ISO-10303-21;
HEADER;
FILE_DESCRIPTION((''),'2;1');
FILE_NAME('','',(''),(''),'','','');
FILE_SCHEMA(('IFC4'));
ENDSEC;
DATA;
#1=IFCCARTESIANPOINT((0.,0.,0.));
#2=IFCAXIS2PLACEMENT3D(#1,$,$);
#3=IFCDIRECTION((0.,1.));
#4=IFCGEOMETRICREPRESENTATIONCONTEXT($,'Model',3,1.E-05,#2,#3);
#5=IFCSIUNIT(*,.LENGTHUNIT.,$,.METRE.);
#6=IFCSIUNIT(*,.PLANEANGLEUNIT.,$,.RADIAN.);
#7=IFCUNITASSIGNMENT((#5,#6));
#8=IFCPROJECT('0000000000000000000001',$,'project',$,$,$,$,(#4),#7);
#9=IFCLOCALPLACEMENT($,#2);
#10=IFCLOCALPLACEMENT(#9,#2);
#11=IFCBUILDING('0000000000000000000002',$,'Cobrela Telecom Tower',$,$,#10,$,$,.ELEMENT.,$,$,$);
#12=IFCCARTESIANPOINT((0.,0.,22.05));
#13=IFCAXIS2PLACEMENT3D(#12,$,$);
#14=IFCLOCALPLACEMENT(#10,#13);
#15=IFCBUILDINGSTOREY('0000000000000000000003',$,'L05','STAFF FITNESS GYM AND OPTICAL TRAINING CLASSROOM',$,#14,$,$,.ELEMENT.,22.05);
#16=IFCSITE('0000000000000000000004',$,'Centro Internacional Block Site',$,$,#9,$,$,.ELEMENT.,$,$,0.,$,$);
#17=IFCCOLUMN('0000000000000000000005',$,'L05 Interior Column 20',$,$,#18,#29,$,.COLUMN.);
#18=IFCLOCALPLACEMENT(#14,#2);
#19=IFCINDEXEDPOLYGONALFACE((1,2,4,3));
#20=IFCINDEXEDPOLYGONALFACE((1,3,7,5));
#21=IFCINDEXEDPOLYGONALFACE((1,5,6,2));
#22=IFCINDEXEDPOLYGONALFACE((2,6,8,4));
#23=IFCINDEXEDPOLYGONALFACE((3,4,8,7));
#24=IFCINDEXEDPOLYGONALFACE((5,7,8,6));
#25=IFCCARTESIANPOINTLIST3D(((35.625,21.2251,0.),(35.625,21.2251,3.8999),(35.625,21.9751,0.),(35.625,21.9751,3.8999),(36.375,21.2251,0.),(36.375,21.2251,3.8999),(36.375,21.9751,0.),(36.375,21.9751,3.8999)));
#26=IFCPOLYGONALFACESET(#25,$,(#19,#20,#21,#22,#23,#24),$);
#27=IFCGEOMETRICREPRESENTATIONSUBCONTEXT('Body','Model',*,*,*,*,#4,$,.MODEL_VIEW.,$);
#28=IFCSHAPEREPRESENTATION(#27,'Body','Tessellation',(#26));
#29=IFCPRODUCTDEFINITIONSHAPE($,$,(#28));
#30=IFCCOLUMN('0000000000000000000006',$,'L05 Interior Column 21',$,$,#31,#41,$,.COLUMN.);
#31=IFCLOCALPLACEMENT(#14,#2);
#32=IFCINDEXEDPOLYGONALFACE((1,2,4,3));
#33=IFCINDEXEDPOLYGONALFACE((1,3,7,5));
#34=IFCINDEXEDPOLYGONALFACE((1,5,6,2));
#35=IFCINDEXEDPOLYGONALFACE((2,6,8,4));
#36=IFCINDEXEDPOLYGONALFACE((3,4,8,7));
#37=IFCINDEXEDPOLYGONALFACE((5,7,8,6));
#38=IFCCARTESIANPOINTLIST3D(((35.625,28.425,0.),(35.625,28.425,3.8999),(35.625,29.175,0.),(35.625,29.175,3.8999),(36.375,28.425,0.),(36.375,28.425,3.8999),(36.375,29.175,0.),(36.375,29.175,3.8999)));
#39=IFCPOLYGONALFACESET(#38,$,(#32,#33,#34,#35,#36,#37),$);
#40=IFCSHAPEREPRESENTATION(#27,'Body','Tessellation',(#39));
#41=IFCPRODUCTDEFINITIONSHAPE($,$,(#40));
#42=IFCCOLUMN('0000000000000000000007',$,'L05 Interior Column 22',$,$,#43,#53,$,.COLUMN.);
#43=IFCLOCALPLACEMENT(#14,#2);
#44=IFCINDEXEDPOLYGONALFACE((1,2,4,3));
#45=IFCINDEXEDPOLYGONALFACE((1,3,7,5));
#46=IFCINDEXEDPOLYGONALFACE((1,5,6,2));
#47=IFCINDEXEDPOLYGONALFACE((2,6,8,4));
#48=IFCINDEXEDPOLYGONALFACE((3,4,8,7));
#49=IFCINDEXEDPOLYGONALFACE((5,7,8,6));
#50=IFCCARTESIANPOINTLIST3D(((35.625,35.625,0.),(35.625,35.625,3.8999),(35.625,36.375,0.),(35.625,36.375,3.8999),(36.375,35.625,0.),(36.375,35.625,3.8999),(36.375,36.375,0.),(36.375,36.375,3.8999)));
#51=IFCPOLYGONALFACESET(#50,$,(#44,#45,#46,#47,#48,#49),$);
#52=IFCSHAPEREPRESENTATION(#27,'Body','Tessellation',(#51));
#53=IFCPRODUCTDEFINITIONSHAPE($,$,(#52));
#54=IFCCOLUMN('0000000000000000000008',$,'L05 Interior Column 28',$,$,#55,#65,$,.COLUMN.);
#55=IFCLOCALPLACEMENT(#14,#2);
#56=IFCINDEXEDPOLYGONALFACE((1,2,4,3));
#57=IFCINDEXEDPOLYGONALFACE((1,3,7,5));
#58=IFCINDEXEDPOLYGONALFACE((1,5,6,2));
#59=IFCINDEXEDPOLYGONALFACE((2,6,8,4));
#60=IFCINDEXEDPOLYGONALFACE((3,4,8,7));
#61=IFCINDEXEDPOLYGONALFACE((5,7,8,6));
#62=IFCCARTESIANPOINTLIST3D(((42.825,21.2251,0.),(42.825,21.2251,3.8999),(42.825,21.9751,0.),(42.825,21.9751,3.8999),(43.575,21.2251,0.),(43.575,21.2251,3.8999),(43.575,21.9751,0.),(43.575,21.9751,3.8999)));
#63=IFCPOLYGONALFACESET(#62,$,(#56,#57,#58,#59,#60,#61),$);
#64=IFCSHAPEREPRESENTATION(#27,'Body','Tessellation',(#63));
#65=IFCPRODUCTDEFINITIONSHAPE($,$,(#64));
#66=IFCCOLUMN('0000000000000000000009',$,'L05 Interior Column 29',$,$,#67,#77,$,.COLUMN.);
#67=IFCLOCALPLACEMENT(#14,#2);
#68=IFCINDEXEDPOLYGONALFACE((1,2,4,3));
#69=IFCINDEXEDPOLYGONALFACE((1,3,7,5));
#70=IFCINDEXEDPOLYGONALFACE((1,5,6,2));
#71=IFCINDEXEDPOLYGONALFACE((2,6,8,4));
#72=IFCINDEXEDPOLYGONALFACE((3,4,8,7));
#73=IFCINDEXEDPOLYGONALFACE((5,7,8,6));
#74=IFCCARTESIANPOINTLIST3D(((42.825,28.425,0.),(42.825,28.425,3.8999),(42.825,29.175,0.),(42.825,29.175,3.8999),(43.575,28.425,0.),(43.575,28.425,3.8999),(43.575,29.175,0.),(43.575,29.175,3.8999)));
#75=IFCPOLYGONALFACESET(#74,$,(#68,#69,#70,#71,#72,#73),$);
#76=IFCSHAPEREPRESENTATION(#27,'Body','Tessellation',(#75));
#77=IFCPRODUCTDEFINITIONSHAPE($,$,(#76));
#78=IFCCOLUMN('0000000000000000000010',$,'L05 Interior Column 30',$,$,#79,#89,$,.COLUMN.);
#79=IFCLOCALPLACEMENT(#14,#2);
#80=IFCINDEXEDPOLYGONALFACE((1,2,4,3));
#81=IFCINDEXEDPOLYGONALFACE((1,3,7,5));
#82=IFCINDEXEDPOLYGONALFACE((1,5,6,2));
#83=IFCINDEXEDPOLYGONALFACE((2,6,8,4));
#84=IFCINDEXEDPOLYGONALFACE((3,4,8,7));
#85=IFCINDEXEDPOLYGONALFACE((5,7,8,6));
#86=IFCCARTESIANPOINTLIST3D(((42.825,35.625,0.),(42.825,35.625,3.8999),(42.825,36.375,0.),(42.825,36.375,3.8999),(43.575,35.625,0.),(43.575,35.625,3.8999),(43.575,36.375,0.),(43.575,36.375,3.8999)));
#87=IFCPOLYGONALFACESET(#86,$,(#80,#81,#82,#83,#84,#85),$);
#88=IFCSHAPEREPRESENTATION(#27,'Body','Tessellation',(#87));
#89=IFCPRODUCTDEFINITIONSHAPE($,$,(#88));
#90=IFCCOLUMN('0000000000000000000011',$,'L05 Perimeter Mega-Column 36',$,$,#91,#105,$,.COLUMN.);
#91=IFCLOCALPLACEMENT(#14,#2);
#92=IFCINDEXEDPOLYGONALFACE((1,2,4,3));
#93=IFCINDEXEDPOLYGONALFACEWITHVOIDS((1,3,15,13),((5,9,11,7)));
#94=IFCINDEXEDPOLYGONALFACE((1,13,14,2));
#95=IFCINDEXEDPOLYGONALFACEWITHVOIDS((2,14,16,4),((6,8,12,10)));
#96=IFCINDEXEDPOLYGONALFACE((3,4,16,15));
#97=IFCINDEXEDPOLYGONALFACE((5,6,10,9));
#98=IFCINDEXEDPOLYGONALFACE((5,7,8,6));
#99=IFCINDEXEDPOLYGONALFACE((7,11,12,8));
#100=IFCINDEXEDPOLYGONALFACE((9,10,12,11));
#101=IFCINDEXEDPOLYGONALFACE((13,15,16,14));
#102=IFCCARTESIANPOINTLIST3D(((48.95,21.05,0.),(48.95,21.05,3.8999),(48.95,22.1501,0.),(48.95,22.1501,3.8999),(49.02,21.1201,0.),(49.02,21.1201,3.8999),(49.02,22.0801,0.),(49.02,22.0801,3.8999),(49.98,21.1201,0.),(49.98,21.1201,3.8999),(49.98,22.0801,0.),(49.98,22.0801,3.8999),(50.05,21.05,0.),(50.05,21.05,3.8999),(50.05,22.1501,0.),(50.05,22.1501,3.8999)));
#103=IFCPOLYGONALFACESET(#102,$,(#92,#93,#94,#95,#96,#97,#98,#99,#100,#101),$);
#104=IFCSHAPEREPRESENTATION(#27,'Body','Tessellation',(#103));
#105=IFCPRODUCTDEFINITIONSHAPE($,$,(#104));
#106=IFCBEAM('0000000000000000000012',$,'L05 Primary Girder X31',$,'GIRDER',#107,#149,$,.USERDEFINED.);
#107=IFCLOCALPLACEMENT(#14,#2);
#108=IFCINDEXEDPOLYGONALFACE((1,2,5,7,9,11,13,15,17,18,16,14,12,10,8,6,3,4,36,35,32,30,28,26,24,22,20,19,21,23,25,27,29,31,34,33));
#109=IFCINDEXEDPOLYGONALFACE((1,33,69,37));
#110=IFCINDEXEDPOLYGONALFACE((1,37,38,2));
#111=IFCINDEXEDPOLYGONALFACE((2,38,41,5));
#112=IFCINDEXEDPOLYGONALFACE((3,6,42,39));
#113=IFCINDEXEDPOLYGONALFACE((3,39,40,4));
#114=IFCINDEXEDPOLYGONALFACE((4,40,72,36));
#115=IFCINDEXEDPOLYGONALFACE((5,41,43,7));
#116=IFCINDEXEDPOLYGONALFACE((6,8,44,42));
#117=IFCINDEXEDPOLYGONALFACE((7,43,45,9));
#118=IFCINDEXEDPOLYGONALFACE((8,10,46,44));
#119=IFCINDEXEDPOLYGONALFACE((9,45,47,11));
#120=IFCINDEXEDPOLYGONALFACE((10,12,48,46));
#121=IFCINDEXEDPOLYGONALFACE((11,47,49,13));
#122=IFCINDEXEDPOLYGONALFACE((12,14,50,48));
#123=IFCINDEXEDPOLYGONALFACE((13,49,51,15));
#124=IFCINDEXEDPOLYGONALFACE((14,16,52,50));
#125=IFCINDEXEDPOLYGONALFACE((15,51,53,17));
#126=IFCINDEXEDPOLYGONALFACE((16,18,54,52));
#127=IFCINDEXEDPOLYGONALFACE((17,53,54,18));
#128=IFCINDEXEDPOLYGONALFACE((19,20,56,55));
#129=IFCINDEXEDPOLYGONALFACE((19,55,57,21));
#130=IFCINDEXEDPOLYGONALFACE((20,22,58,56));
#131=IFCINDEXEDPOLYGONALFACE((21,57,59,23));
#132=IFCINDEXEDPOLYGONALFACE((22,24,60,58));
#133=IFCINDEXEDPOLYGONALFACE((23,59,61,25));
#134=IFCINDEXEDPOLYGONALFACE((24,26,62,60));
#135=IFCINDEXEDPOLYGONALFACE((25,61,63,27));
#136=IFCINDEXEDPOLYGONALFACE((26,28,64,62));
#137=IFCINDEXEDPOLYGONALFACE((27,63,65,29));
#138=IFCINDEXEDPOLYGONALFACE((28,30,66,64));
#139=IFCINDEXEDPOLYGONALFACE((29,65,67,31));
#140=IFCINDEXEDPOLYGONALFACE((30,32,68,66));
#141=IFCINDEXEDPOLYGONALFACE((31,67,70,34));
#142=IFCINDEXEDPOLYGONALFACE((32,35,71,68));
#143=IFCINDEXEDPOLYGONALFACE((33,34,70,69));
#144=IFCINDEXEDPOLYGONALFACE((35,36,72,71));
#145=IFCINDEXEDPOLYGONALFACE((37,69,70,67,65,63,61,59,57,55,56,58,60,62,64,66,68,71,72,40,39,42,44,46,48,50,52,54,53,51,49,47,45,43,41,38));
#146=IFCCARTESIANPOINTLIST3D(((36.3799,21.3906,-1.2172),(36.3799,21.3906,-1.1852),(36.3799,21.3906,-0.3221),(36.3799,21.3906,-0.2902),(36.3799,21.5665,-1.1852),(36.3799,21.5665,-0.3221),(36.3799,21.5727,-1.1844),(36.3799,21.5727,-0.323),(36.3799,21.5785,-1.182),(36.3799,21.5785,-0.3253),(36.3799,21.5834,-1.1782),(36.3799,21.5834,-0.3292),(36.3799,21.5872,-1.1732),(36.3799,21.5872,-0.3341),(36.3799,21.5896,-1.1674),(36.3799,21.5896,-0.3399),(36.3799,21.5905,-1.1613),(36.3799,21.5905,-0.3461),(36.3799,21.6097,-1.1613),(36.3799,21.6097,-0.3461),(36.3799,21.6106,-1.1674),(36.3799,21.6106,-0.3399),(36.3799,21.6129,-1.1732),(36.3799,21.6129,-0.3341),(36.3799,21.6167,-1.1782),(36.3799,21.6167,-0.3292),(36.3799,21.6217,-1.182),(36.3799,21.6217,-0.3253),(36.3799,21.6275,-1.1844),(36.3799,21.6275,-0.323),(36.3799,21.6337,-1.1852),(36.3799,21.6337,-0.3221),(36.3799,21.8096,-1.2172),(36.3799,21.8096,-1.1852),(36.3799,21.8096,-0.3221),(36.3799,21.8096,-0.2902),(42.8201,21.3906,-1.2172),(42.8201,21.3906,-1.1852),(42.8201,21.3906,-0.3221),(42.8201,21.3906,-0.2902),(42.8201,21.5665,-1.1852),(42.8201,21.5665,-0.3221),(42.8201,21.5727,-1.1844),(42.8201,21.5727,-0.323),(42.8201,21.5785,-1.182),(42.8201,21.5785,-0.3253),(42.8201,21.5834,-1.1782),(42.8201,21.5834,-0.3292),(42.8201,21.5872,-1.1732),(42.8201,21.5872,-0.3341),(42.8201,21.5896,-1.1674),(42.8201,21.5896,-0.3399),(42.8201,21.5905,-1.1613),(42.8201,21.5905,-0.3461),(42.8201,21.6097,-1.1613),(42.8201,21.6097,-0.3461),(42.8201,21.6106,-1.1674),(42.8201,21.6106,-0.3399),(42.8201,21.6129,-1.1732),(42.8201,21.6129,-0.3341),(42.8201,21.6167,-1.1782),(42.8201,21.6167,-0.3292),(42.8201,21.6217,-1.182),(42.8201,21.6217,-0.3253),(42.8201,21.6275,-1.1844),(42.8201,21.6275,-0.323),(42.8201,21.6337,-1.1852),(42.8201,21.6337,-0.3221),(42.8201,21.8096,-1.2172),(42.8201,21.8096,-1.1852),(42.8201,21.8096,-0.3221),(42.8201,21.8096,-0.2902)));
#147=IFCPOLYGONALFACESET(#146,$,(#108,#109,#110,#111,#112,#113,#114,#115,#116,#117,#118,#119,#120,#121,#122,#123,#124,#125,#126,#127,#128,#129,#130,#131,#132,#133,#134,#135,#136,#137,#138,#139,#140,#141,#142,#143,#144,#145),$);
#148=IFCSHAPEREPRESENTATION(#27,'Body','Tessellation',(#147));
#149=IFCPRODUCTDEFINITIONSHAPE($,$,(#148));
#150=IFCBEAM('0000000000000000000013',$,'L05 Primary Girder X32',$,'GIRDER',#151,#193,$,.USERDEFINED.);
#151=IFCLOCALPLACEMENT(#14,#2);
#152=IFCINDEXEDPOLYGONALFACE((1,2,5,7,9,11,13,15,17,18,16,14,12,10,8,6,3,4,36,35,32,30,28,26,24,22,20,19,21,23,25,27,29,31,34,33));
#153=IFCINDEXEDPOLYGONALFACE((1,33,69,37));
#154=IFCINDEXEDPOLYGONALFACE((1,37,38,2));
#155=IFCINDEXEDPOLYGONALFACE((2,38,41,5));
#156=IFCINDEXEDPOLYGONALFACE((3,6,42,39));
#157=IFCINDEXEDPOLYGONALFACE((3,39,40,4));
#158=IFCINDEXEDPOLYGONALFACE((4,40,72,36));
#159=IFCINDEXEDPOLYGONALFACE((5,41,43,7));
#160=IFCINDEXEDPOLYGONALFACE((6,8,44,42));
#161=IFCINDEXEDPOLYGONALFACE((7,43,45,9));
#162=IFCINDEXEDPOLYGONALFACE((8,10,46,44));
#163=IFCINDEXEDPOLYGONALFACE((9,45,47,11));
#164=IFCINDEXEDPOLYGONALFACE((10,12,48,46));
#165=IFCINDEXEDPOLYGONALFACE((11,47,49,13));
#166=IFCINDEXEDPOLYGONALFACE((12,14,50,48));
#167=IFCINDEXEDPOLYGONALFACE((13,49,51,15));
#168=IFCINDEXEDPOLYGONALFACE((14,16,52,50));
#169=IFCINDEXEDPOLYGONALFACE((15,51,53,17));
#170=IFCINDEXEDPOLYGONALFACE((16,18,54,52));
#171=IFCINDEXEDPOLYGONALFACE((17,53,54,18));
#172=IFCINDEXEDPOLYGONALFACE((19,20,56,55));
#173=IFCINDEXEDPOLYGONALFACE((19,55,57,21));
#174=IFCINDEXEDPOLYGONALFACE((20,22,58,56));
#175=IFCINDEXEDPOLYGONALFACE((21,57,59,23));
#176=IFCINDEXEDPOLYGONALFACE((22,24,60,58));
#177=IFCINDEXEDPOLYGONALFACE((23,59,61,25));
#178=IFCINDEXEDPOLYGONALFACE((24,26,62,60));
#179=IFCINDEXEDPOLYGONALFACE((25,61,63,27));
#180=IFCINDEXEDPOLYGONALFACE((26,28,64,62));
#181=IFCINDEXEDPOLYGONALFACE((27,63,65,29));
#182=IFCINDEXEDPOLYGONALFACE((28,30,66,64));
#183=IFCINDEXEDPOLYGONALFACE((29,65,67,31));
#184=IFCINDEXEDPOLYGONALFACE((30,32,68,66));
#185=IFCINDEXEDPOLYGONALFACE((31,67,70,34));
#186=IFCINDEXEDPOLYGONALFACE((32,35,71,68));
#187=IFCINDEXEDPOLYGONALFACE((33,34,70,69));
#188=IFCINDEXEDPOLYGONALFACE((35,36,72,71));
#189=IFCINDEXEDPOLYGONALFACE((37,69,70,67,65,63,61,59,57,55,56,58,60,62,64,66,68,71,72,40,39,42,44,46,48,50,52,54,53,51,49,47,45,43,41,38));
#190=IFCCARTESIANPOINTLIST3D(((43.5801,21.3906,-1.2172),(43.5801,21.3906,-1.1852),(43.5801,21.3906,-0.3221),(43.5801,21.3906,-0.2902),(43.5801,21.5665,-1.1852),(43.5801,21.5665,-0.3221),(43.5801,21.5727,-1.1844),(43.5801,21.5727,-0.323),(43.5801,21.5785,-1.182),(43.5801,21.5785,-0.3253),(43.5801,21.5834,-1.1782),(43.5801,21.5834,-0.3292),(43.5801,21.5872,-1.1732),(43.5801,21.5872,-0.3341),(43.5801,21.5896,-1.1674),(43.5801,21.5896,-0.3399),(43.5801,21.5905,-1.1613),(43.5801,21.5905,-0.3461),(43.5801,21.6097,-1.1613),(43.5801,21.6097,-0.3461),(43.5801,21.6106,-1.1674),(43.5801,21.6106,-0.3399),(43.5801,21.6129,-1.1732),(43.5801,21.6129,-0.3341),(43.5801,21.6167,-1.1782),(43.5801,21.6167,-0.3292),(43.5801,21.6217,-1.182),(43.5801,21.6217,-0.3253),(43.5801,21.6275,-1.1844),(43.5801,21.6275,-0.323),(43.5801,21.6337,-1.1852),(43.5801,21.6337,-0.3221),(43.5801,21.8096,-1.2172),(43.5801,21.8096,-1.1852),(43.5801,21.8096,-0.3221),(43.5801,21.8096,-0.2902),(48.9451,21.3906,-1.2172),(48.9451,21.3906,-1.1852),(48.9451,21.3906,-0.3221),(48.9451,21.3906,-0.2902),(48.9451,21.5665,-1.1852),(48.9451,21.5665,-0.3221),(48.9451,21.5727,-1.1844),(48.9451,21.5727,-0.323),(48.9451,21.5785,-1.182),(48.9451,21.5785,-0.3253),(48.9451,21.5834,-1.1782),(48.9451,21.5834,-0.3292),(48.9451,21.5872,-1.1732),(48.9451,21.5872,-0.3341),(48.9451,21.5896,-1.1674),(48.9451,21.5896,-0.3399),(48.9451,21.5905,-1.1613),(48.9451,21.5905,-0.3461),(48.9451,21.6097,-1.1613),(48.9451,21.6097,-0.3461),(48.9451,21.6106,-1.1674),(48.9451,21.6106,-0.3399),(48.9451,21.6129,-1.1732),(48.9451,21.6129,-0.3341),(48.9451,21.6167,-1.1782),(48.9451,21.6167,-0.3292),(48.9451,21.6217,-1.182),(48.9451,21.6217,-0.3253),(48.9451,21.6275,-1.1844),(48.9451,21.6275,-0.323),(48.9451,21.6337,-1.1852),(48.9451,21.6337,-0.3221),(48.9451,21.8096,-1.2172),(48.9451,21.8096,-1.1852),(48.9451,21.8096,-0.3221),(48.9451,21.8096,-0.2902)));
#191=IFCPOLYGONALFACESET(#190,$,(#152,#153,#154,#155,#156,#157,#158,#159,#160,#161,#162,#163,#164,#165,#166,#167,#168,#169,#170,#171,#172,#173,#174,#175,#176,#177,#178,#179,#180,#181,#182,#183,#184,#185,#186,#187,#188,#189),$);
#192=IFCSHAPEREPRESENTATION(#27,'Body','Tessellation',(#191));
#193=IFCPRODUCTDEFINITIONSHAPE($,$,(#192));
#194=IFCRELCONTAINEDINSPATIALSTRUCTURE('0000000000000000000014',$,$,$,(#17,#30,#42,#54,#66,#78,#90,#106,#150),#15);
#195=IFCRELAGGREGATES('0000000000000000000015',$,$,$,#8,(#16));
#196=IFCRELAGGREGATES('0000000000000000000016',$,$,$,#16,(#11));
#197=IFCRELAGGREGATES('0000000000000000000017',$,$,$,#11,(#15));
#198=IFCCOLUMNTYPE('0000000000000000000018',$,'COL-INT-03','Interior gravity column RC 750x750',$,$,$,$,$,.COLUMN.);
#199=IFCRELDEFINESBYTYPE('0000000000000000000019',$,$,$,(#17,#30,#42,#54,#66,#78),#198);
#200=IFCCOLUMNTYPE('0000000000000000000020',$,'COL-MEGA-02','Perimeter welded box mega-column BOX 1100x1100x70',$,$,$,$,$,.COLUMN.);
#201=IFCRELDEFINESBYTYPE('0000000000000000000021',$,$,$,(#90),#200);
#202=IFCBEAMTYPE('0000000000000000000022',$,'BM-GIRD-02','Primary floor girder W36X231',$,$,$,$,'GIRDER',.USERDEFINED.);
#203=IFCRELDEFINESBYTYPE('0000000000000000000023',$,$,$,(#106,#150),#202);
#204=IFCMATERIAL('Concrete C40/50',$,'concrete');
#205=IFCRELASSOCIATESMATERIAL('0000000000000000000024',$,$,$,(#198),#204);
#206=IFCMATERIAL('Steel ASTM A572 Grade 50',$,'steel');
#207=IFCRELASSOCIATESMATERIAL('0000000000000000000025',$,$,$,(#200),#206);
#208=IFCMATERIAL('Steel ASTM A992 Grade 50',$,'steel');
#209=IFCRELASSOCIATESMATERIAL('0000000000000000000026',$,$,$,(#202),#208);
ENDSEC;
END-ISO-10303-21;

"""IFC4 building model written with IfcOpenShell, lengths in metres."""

from ifc_helpers import new_model, si_unit, direction, frame, origin, origin_2d, place, context, subcontext, project, spatial, rectangle, hollow_rectangle, i_section, extrude, material, material_profile, profile_set, type_object, element, save


model = new_model("IFC4")

# Units and contexts
model_context = context("Model", 3, precision=1e-05, world=origin(), true_north=direction((0.0, 1.0)))
body_context = subcontext(model_context, "Body", "Model", "MODEL_VIEW")
ifc_project = project(units=[si_unit("LENGTHUNIT", "METRE"), si_unit("PLANEANGLEUNIT", "RADIAN")], contexts=[model_context])

# Site, building, storey
site_placement = place(None, origin())
site = spatial("IfcSite", under=ifc_project, at=site_placement, Name="Centro Internacional Block Site", CompositionType="ELEMENT", RefElevation=0.0)
building_placement = place(site_placement, origin())
building = spatial("IfcBuilding", under=site, at=building_placement, Name="Cobrela Telecom Tower", CompositionType="ELEMENT")
storey_placement = place(building_placement, frame((0.0, 0.0, 22.05)))
storey = spatial("IfcBuildingStorey", under=building, at=storey_placement, Name="L05", Description="STAFF FITNESS GYM AND OPTICAL TRAINING CLASSROOM", CompositionType="ELEMENT", Elevation=22.05)

# Columns
ifc_material_1 = material(Name="Concrete C40/50", Category="concrete")
ifc_material_profile_1 = material_profile(ifc_material_1, rectangle(XDim=0.75, YDim=0.75, at=origin_2d()), Name="RC 750x750")
ifc_profile_set_1 = profile_set([ifc_material_profile_1], Name="Concrete C40/50")
column_type_1 = type_object("IfcColumnType", Name="COL-INT-03", Description="Interior gravity column RC 750x750", PredefinedType="COLUMN", material=ifc_profile_set_1)
for number, where, z_axis, x_axis, name in (
    (1, (36.0, 21.6001, 0.0), (0.0, 0.0, 1.0), (1.0, 0.0, 0.0), "L05 Interior Column 20"),
    (2, (36.0, 28.8, 0.0), (0.0, 0.0, 1.0), (1.0, 0.0, 0.0), "L05 Interior Column 21"),
    (3, (36.0, 36.0, 0.0), (0.0, 0.0, 1.0), (1.0, 0.0, 0.0), "L05 Interior Column 22"),
    (4, (43.2, 21.6001, 0.0), (0.0, 0.0, 1.0), (1.0, 0.0, 0.0), "L05 Interior Column 28"),
    (5, (43.2, 28.8, 0.0), (0.0, 0.0, 1.0), (1.0, 0.0, 0.0), "L05 Interior Column 29"),
    (6, (43.2, 36.0, 0.0), (0.0, 0.0, 1.0), (1.0, 0.0, 0.0), "L05 Interior Column 30"),
):
    element("IfcColumn", number, at=place(storey_placement, frame(where, z_axis=z_axis, x_axis=x_axis)), inside=storey, type_object=column_type_1, Name=name, PredefinedType="COLUMN", context=body_context, shape_type="SweptSolid", body=[
        extrude(rectangle(XDim=0.75, YDim=0.75, at=origin_2d()), origin(), (0.0, 0.0, 1.0), 3.8999),
    ])
ifc_material_2 = material(Name="Steel ASTM A572 Grade 50", Category="steel")
ifc_material_profile_2 = material_profile(ifc_material_2, hollow_rectangle(XDim=1.1001, YDim=1.1001, WallThickness=0.0701, at=origin_2d()), Name="BOX 1100x1100x70")
ifc_profile_set_2 = profile_set([ifc_material_profile_2], Name="Steel ASTM A572 Grade 50")
column_type_2 = type_object("IfcColumnType", Name="COL-MEGA-02", Description="Perimeter welded box mega-column BOX 1100x1100x70", PredefinedType="COLUMN", material=ifc_profile_set_2)
column_placement = place(storey_placement, frame((49.5, 21.6001, 0.0), z_axis=(0.0, 0.0, 1.0), x_axis=(1.0, 0.0, 0.0)))
element("IfcColumn", 7, at=column_placement, inside=storey, type_object=column_type_2, Name="L05 Perimeter Mega-Column 36", PredefinedType="COLUMN", context=body_context, shape_type="SweptSolid", body=[
    extrude(hollow_rectangle(XDim=1.1001, YDim=1.1001, WallThickness=0.0701, at=origin_2d()), origin(), (0.0, 0.0, 1.0), 3.8999),
])

# Beams
ifc_material_3 = material(Name="Steel ASTM A992 Grade 50", Category="steel")
ifc_material_profile_3 = material_profile(ifc_material_3, i_section(OverallWidth=0.4189, OverallDepth=0.927, WebThickness=0.0193, FlangeThickness=0.032, FilletRadius=0.0239, at=origin_2d()), Name="W36X231")
ifc_profile_set_3 = profile_set([ifc_material_profile_3], Name="Steel ASTM A992 Grade 50")
beam_type_1 = type_object("IfcBeamType", Name="BM-GIRD-02", Description="Primary floor girder W36X231", ElementType="GIRDER", PredefinedType="USERDEFINED", material=ifc_profile_set_3)
beam_1_placement = place(storey_placement, frame((36.3799, 21.6001, -0.7537), z_axis=(1.0, 0.0, 0.0), x_axis=(0.0, 1.0, 0.0)))
element("IfcBeam", 8, at=beam_1_placement, inside=storey, type_object=beam_type_1, Name="L05 Primary Girder X31", ObjectType="GIRDER", PredefinedType="USERDEFINED", context=body_context, shape_type="SweptSolid", body=[
    extrude(i_section(OverallWidth=0.4189, OverallDepth=0.927, WebThickness=0.0193, FlangeThickness=0.032, FilletRadius=0.0239, at=origin_2d()), origin(), (0.0, 0.0, 1.0), 6.4402),
])
beam_2_placement = place(storey_placement, frame((43.5801, 21.6001, -0.7537), z_axis=(1.0, 0.0, 0.0), x_axis=(0.0, 1.0, 0.0)))
element("IfcBeam", 9, at=beam_2_placement, inside=storey, type_object=beam_type_1, Name="L05 Primary Girder X32", ObjectType="GIRDER", PredefinedType="USERDEFINED", context=body_context, shape_type="SweptSolid", body=[
    extrude(i_section(OverallWidth=0.4189, OverallDepth=0.927, WebThickness=0.0193, FlangeThickness=0.032, FilletRadius=0.0239, at=origin_2d()), origin(), (0.0, 0.0, 1.0), 5.365),
])

save(model, "model.ifc")
